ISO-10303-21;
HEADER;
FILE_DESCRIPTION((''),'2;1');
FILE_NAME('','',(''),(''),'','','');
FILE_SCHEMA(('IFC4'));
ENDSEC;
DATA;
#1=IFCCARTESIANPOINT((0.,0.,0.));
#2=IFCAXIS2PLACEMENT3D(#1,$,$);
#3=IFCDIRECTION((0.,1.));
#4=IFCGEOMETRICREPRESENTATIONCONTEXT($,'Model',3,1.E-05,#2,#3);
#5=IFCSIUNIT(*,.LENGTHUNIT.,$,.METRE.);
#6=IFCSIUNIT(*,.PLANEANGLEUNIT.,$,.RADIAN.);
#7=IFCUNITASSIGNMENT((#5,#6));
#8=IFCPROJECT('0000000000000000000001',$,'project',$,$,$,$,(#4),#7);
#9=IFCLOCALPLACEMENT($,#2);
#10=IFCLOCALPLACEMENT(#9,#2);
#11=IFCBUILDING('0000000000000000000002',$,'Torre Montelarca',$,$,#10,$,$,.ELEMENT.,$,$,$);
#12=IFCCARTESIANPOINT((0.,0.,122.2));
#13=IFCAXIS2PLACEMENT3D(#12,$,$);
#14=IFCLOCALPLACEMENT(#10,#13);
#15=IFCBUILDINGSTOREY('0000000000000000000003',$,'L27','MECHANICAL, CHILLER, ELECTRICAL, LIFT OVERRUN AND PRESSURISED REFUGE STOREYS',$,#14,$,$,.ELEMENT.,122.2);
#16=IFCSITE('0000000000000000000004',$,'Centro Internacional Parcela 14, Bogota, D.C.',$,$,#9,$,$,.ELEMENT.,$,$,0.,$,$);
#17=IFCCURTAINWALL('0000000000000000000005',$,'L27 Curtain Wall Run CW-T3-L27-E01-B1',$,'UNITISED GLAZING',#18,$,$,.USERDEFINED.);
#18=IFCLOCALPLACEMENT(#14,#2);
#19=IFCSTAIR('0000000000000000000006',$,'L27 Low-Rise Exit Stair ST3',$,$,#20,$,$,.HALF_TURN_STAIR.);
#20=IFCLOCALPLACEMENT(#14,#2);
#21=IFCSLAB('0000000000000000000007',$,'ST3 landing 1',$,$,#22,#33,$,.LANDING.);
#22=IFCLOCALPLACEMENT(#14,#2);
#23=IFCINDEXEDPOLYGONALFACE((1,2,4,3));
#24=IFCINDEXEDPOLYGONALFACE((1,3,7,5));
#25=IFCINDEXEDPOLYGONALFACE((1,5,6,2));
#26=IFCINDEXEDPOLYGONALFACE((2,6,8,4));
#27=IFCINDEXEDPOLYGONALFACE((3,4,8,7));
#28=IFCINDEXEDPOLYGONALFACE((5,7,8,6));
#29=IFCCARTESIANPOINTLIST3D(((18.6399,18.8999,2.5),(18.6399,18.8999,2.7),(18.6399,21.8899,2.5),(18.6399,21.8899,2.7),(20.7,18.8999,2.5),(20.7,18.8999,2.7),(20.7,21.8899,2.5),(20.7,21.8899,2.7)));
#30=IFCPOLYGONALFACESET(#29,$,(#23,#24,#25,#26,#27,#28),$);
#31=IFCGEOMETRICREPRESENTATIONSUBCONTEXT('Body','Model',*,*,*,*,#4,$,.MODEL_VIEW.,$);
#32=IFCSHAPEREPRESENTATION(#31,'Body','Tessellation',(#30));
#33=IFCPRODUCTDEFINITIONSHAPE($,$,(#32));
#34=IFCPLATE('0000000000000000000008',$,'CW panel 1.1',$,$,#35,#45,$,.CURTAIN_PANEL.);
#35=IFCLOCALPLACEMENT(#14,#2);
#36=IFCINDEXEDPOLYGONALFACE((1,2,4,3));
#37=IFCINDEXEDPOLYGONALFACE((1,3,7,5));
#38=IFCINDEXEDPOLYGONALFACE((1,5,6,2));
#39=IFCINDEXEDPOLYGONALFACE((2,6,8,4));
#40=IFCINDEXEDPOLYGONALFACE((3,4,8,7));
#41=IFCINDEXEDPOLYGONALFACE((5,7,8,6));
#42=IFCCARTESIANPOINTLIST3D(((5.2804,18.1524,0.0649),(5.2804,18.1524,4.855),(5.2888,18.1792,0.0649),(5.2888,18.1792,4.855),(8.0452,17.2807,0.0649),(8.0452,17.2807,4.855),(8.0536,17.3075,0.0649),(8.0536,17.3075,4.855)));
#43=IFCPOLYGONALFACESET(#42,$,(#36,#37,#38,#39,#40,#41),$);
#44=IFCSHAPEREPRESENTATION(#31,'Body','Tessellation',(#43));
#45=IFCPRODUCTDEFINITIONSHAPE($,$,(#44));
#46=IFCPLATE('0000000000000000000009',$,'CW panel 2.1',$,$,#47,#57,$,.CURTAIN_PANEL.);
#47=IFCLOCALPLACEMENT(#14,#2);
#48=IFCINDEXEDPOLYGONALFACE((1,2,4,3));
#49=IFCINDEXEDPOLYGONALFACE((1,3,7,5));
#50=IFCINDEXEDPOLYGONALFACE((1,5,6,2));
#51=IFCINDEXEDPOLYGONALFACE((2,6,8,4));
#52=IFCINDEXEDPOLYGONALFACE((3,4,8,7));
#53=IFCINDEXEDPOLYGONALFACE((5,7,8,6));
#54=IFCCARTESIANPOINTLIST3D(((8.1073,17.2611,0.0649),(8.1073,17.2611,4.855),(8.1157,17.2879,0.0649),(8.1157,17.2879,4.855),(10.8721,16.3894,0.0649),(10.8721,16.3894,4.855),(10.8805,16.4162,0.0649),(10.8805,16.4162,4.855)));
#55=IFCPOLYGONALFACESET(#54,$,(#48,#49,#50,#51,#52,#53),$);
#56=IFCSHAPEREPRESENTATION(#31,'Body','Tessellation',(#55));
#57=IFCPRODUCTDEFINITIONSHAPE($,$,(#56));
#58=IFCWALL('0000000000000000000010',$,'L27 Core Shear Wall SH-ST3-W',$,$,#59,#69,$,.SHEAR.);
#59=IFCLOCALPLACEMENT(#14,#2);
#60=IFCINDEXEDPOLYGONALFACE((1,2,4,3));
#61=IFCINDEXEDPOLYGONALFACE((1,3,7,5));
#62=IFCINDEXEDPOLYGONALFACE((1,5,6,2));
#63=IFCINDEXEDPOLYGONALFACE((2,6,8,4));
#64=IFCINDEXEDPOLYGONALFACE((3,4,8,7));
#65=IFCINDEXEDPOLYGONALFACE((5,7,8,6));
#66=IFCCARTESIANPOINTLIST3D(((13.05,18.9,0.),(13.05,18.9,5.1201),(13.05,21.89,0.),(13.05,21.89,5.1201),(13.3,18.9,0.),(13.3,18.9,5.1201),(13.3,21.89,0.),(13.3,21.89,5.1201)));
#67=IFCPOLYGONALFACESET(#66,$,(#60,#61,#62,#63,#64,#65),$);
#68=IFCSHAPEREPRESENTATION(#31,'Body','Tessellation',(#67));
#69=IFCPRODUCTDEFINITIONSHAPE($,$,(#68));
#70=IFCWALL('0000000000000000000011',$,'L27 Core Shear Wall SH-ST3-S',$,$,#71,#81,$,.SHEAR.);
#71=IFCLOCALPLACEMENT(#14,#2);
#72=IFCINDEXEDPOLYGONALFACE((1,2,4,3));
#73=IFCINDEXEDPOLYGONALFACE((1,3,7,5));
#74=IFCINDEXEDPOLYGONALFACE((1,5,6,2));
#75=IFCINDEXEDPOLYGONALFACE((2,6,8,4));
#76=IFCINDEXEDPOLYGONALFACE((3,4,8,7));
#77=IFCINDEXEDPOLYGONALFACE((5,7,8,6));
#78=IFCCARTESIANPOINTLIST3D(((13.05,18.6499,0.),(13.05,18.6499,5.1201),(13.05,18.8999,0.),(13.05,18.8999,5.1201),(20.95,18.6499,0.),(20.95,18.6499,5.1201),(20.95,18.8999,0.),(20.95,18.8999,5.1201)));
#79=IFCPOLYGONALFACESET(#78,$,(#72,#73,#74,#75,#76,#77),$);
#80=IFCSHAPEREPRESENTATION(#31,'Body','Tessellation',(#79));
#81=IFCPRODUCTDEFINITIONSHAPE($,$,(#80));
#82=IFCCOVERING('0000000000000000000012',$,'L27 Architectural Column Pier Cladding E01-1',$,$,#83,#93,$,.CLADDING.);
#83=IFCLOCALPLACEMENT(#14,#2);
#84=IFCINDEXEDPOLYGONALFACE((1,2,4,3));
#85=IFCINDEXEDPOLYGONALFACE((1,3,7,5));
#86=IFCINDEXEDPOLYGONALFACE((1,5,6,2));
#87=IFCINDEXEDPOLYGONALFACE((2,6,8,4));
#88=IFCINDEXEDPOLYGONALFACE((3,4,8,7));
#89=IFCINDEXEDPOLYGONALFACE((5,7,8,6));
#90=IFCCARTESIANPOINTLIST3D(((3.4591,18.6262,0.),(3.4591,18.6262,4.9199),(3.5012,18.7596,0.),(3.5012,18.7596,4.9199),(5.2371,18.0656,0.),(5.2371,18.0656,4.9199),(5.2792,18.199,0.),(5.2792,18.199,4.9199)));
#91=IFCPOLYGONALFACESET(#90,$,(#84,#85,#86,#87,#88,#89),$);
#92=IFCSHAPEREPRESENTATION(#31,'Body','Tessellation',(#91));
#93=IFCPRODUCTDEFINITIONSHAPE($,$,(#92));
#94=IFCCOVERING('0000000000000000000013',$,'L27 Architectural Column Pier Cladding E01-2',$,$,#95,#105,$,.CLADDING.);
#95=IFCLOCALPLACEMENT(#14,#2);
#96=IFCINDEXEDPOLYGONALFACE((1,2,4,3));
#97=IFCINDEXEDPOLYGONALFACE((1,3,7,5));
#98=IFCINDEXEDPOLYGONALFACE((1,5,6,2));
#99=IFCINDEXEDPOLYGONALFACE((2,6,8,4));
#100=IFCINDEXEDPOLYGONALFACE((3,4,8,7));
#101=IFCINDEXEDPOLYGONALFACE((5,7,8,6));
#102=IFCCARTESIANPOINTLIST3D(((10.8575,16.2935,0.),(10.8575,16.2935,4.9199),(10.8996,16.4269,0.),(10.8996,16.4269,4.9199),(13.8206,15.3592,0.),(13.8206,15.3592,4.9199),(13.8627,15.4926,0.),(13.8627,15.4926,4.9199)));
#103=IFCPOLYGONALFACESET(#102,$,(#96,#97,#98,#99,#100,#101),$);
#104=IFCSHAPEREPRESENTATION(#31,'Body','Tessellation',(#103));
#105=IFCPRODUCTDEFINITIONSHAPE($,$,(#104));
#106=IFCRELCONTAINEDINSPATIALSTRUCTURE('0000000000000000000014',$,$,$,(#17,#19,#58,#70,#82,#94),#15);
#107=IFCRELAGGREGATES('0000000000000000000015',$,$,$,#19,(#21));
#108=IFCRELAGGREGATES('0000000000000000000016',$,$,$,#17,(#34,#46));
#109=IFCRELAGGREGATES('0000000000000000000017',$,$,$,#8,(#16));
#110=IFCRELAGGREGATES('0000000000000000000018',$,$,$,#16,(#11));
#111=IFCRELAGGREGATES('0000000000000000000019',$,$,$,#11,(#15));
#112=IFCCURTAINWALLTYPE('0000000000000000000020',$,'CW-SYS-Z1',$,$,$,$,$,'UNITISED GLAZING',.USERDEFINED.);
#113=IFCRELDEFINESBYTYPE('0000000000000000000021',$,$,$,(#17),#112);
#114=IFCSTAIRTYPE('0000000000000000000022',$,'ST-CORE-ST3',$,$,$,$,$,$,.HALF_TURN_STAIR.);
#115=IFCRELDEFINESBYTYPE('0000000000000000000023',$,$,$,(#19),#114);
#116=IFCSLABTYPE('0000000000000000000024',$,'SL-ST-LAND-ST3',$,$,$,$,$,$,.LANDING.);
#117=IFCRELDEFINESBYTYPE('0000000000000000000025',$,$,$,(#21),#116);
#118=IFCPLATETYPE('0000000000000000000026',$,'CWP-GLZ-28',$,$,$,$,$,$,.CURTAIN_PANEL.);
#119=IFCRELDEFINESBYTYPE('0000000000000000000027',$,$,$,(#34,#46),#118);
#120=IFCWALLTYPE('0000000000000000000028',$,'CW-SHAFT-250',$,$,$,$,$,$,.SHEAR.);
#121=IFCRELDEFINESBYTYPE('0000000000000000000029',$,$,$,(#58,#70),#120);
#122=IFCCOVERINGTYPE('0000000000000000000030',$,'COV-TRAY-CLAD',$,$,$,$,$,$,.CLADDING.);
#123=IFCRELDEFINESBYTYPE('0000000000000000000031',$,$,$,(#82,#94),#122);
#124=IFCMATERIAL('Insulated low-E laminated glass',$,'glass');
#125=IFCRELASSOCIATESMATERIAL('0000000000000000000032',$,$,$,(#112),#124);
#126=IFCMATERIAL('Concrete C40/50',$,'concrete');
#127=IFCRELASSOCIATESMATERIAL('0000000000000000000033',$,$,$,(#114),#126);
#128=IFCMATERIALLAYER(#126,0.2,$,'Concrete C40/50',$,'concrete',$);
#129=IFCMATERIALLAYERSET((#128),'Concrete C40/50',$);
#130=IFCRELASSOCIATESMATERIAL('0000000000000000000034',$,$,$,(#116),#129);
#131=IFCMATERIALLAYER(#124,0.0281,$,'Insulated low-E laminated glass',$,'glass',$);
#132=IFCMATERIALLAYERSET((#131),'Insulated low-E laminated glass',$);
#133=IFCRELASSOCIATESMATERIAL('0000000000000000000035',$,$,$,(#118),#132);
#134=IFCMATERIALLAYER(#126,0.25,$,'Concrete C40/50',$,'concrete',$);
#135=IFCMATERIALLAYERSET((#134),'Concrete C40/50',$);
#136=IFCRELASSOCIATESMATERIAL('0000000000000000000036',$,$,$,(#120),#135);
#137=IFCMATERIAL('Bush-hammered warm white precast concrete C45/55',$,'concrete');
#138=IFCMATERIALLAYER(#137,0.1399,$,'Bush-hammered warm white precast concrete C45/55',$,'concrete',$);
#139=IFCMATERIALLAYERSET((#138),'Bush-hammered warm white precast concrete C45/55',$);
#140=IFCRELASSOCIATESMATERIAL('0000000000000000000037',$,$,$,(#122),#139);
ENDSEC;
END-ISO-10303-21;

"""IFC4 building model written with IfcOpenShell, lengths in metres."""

from ifc_helpers import new_model, si_unit, direction, frame, frame_2d, origin, origin_2d, place, context, subcontext, project, spatial, polyline, rectangle, outline, extrude, source, transform, mapped, material, layer, layer_set, type_object, element, aggregate, save


model = new_model("IFC4")

# Units and contexts
model_context = context("Model", 3, precision=1e-05, world=origin(), true_north=direction((0.0, 1.0)))
body_context = subcontext(model_context, "Body", "Model", "MODEL_VIEW")
ifc_project = project(units=[si_unit("LENGTHUNIT", "METRE"), si_unit("PLANEANGLEUNIT", "RADIAN")], contexts=[model_context])

# Site, building, storey
site_placement = place(None, origin())
site = spatial("IfcSite", under=ifc_project, at=site_placement, Name="Centro Internacional Parcela 14, Bogota, D.C.", CompositionType="ELEMENT", RefElevation=0.0)
building_placement = place(site_placement, origin())
building = spatial("IfcBuilding", under=site, at=building_placement, Name="Torre Montelarca", CompositionType="ELEMENT")
storey_placement = place(building_placement, frame((0.0, 0.0, 122.2)))
storey = spatial("IfcBuildingStorey", under=building, at=storey_placement, Name="L27", Description="MECHANICAL, CHILLER, ELECTRICAL, LIFT OVERRUN AND PRESSURISED REFUGE STOREYS", CompositionType="ELEMENT", Elevation=122.2)

# Curtain wall
ifc_material_1 = material(Name="Insulated low-E laminated glass", Category="glass")
curtain_wall_type = type_object("IfcCurtainWallType", Name="CW-SYS-Z1", ElementType="UNITISED GLAZING", PredefinedType="USERDEFINED", material=ifc_material_1)
curtain_wall_placement = place(storey_placement, origin())
curtain_wall = element("IfcCurtainWall", 1, at=curtain_wall_placement, inside=storey, type_object=curtain_wall_type, Name="L27 Curtain Wall Run CW-T3-L27-E01-B1", ObjectType="UNITISED GLAZING", PredefinedType="USERDEFINED")

# Shared definitions
ifc_material_2 = material(Name="Concrete C40/50", Category="concrete")

# Stair, slab
stair_type_1 = type_object("IfcStairType", Name="ST-CORE-ST3", PredefinedType="HALF_TURN_STAIR", material=ifc_material_2)
stair_1_placement = place(storey_placement, origin())
stair_1 = element("IfcStair", 2, at=stair_1_placement, inside=storey, type_object=stair_type_1, Name="L27 Low-Rise Exit Stair ST3", PredefinedType="HALF_TURN_STAIR")
ifc_layer_1 = layer(ifc_material_2, 0.2, Name="Concrete C40/50", Category="concrete")
ifc_layer_set_1 = layer_set([ifc_layer_1], Name="Concrete C40/50")
slab_type_1 = type_object("IfcSlabType", Name="SL-ST-LAND-ST3", PredefinedType="LANDING", material=ifc_layer_set_1)
slab_1_placement = place(storey_placement, frame((0.0, 0.0, 2.5)))
slab_1 = element("IfcSlab", 3, at=slab_1_placement, type_object=slab_type_1, Name="ST3 landing 1", PredefinedType="LANDING", context=body_context, shape_type="SweptSolid", body=[
    extrude(outline(polyline([(18.6399, 18.8999), (20.7, 18.8999), (20.7, 21.8899), (18.6399, 21.8899), (18.6399, 18.8999)])), origin(), (0.0, 0.0, 1.0), 0.2),
])
aggregate(stair_1, [slab_1])

# Plates
ifc_layer_2 = layer(ifc_material_1, 0.0281, Name="Insulated low-E laminated glass", Category="glass")
ifc_layer_set_2 = layer_set([ifc_layer_2], Name="Insulated low-E laminated glass")
plate_type = type_object("IfcPlateType", Name="CWP-GLZ-28", PredefinedType="CURTAIN_PANEL", material=ifc_layer_set_2)
shared_shape_1 = source(origin(), body_context, "Body", "SweptSolid", [
    extrude(rectangle(XDim=2.8989, YDim=0.0281, at=origin_2d()), origin(), (0.0, 0.0, 1.0), 4.79),
])
plate_1_placement = place(storey_placement, frame((6.667, 17.73, 0.0649), z_axis=(0.0, 0.0, 1.0), x_axis=(0.95372, -0.300698, 0.0)))
plate_1 = element("IfcPlate", 4, at=plate_1_placement, type_object=plate_type, Name="CW panel 1.1", PredefinedType="CURTAIN_PANEL", context=body_context, shape_type="MappedRepresentation", body=[
    mapped(shared_shape_1, transform((0.0, 0.0, 0.0), scale=1.0)),
])
plate_2_placement = place(storey_placement, frame((9.4939, 16.8386, 0.0649), z_axis=(0.0, 0.0, 1.0), x_axis=(0.95372, -0.300698, 0.0)))
plate_2 = element("IfcPlate", 5, at=plate_2_placement, type_object=plate_type, Name="CW panel 2.1", PredefinedType="CURTAIN_PANEL", context=body_context, shape_type="MappedRepresentation", body=[
    mapped(shared_shape_1, transform((0.0, 0.0, 0.0), scale=1.0)),
])
aggregate(curtain_wall, [plate_1, plate_2])

# Walls
ifc_layer_3 = layer(ifc_material_2, 0.25, Name="Concrete C40/50", Category="concrete")
ifc_layer_set_3 = layer_set([ifc_layer_3], Name="Concrete C40/50")
wall_type = type_object("IfcWallType", Name="CW-SHAFT-250", PredefinedType="SHEAR", material=ifc_layer_set_3)
wall_1_placement = place(storey_placement, frame((13.175, 18.8999, 0.0), z_axis=(0.0, 0.0, 1.0), x_axis=(0.0, 1.0, 0.0)))
element("IfcWall", 6, at=wall_1_placement, inside=storey, type_object=wall_type, Name="L27 Core Shear Wall SH-ST3-W", PredefinedType="SHEAR", context=body_context, shape_type="SweptSolid", body=[
    extrude(rectangle(XDim=2.99, YDim=0.25, at=frame_2d((1.4951, 0.0))), origin(), (0.0, 0.0, 1.0), 5.1201),
])
wall_2_placement = place(storey_placement, frame((13.05, 18.7749, 0.0), z_axis=(0.0, 0.0, 1.0), x_axis=(1.0, 0.0, 0.0)))
element("IfcWall", 7, at=wall_2_placement, inside=storey, type_object=wall_type, Name="L27 Core Shear Wall SH-ST3-S", PredefinedType="SHEAR", context=body_context, shape_type="SweptSolid", body=[
    extrude(rectangle(XDim=7.8999, YDim=0.25, at=frame_2d((3.95, 0.0))), origin(), (0.0, 0.0, 1.0), 5.1201),
])

# Coverings
ifc_material_3 = material(Name="Bush-hammered warm white precast concrete C45/55", Category="concrete")
ifc_layer_4 = layer(ifc_material_3, 0.1399, Name="Bush-hammered warm white precast concrete C45/55", Category="concrete")
ifc_layer_set_4 = layer_set([ifc_layer_4], Name="Bush-hammered warm white precast concrete C45/55")
covering_type = type_object("IfcCoveringType", Name="COV-TRAY-CLAD", PredefinedType="CLADDING", material=ifc_layer_set_4)
shared_shape_2 = source(origin(), body_context, "Body", "SweptSolid", [
    extrude(rectangle(XDim=1.8643, YDim=0.1399, at=origin_2d()), origin(), (0.0, 0.0, 1.0), 4.9199),
])
covering_1_placement = place(storey_placement, frame((4.3691, 18.4126, 0.0), z_axis=(0.0, 0.0, 1.0), x_axis=(0.953717, -0.300704, 0.0)))
element("IfcCovering", 8, at=covering_1_placement, inside=storey, type_object=covering_type, Name="L27 Architectural Column Pier Cladding E01-1", PredefinedType="CLADDING", context=body_context, shape_type="MappedRepresentation", body=[
    mapped(shared_shape_2, transform((0.0, 0.0, 0.0), scale=1.0)),
])
shared_shape_3 = source(origin(), body_context, "Body", "SweptSolid", [
    extrude(rectangle(XDim=3.1069, YDim=0.1399, at=origin_2d()), origin(), (0.0, 0.0, 1.0), 4.9199),
])
covering_2_placement = place(storey_placement, frame((12.3601, 15.8931, 0.0), z_axis=(0.0, 0.0, 1.0), x_axis=(0.953717, -0.300704, 0.0)))
element("IfcCovering", 9, at=covering_2_placement, inside=storey, type_object=covering_type, Name="L27 Architectural Column Pier Cladding E01-2", PredefinedType="CLADDING", context=body_context, shape_type="MappedRepresentation", body=[
    mapped(shared_shape_3, transform((0.0, 0.0, 0.0), scale=1.0)),
])

save(model, "model.ifc")
